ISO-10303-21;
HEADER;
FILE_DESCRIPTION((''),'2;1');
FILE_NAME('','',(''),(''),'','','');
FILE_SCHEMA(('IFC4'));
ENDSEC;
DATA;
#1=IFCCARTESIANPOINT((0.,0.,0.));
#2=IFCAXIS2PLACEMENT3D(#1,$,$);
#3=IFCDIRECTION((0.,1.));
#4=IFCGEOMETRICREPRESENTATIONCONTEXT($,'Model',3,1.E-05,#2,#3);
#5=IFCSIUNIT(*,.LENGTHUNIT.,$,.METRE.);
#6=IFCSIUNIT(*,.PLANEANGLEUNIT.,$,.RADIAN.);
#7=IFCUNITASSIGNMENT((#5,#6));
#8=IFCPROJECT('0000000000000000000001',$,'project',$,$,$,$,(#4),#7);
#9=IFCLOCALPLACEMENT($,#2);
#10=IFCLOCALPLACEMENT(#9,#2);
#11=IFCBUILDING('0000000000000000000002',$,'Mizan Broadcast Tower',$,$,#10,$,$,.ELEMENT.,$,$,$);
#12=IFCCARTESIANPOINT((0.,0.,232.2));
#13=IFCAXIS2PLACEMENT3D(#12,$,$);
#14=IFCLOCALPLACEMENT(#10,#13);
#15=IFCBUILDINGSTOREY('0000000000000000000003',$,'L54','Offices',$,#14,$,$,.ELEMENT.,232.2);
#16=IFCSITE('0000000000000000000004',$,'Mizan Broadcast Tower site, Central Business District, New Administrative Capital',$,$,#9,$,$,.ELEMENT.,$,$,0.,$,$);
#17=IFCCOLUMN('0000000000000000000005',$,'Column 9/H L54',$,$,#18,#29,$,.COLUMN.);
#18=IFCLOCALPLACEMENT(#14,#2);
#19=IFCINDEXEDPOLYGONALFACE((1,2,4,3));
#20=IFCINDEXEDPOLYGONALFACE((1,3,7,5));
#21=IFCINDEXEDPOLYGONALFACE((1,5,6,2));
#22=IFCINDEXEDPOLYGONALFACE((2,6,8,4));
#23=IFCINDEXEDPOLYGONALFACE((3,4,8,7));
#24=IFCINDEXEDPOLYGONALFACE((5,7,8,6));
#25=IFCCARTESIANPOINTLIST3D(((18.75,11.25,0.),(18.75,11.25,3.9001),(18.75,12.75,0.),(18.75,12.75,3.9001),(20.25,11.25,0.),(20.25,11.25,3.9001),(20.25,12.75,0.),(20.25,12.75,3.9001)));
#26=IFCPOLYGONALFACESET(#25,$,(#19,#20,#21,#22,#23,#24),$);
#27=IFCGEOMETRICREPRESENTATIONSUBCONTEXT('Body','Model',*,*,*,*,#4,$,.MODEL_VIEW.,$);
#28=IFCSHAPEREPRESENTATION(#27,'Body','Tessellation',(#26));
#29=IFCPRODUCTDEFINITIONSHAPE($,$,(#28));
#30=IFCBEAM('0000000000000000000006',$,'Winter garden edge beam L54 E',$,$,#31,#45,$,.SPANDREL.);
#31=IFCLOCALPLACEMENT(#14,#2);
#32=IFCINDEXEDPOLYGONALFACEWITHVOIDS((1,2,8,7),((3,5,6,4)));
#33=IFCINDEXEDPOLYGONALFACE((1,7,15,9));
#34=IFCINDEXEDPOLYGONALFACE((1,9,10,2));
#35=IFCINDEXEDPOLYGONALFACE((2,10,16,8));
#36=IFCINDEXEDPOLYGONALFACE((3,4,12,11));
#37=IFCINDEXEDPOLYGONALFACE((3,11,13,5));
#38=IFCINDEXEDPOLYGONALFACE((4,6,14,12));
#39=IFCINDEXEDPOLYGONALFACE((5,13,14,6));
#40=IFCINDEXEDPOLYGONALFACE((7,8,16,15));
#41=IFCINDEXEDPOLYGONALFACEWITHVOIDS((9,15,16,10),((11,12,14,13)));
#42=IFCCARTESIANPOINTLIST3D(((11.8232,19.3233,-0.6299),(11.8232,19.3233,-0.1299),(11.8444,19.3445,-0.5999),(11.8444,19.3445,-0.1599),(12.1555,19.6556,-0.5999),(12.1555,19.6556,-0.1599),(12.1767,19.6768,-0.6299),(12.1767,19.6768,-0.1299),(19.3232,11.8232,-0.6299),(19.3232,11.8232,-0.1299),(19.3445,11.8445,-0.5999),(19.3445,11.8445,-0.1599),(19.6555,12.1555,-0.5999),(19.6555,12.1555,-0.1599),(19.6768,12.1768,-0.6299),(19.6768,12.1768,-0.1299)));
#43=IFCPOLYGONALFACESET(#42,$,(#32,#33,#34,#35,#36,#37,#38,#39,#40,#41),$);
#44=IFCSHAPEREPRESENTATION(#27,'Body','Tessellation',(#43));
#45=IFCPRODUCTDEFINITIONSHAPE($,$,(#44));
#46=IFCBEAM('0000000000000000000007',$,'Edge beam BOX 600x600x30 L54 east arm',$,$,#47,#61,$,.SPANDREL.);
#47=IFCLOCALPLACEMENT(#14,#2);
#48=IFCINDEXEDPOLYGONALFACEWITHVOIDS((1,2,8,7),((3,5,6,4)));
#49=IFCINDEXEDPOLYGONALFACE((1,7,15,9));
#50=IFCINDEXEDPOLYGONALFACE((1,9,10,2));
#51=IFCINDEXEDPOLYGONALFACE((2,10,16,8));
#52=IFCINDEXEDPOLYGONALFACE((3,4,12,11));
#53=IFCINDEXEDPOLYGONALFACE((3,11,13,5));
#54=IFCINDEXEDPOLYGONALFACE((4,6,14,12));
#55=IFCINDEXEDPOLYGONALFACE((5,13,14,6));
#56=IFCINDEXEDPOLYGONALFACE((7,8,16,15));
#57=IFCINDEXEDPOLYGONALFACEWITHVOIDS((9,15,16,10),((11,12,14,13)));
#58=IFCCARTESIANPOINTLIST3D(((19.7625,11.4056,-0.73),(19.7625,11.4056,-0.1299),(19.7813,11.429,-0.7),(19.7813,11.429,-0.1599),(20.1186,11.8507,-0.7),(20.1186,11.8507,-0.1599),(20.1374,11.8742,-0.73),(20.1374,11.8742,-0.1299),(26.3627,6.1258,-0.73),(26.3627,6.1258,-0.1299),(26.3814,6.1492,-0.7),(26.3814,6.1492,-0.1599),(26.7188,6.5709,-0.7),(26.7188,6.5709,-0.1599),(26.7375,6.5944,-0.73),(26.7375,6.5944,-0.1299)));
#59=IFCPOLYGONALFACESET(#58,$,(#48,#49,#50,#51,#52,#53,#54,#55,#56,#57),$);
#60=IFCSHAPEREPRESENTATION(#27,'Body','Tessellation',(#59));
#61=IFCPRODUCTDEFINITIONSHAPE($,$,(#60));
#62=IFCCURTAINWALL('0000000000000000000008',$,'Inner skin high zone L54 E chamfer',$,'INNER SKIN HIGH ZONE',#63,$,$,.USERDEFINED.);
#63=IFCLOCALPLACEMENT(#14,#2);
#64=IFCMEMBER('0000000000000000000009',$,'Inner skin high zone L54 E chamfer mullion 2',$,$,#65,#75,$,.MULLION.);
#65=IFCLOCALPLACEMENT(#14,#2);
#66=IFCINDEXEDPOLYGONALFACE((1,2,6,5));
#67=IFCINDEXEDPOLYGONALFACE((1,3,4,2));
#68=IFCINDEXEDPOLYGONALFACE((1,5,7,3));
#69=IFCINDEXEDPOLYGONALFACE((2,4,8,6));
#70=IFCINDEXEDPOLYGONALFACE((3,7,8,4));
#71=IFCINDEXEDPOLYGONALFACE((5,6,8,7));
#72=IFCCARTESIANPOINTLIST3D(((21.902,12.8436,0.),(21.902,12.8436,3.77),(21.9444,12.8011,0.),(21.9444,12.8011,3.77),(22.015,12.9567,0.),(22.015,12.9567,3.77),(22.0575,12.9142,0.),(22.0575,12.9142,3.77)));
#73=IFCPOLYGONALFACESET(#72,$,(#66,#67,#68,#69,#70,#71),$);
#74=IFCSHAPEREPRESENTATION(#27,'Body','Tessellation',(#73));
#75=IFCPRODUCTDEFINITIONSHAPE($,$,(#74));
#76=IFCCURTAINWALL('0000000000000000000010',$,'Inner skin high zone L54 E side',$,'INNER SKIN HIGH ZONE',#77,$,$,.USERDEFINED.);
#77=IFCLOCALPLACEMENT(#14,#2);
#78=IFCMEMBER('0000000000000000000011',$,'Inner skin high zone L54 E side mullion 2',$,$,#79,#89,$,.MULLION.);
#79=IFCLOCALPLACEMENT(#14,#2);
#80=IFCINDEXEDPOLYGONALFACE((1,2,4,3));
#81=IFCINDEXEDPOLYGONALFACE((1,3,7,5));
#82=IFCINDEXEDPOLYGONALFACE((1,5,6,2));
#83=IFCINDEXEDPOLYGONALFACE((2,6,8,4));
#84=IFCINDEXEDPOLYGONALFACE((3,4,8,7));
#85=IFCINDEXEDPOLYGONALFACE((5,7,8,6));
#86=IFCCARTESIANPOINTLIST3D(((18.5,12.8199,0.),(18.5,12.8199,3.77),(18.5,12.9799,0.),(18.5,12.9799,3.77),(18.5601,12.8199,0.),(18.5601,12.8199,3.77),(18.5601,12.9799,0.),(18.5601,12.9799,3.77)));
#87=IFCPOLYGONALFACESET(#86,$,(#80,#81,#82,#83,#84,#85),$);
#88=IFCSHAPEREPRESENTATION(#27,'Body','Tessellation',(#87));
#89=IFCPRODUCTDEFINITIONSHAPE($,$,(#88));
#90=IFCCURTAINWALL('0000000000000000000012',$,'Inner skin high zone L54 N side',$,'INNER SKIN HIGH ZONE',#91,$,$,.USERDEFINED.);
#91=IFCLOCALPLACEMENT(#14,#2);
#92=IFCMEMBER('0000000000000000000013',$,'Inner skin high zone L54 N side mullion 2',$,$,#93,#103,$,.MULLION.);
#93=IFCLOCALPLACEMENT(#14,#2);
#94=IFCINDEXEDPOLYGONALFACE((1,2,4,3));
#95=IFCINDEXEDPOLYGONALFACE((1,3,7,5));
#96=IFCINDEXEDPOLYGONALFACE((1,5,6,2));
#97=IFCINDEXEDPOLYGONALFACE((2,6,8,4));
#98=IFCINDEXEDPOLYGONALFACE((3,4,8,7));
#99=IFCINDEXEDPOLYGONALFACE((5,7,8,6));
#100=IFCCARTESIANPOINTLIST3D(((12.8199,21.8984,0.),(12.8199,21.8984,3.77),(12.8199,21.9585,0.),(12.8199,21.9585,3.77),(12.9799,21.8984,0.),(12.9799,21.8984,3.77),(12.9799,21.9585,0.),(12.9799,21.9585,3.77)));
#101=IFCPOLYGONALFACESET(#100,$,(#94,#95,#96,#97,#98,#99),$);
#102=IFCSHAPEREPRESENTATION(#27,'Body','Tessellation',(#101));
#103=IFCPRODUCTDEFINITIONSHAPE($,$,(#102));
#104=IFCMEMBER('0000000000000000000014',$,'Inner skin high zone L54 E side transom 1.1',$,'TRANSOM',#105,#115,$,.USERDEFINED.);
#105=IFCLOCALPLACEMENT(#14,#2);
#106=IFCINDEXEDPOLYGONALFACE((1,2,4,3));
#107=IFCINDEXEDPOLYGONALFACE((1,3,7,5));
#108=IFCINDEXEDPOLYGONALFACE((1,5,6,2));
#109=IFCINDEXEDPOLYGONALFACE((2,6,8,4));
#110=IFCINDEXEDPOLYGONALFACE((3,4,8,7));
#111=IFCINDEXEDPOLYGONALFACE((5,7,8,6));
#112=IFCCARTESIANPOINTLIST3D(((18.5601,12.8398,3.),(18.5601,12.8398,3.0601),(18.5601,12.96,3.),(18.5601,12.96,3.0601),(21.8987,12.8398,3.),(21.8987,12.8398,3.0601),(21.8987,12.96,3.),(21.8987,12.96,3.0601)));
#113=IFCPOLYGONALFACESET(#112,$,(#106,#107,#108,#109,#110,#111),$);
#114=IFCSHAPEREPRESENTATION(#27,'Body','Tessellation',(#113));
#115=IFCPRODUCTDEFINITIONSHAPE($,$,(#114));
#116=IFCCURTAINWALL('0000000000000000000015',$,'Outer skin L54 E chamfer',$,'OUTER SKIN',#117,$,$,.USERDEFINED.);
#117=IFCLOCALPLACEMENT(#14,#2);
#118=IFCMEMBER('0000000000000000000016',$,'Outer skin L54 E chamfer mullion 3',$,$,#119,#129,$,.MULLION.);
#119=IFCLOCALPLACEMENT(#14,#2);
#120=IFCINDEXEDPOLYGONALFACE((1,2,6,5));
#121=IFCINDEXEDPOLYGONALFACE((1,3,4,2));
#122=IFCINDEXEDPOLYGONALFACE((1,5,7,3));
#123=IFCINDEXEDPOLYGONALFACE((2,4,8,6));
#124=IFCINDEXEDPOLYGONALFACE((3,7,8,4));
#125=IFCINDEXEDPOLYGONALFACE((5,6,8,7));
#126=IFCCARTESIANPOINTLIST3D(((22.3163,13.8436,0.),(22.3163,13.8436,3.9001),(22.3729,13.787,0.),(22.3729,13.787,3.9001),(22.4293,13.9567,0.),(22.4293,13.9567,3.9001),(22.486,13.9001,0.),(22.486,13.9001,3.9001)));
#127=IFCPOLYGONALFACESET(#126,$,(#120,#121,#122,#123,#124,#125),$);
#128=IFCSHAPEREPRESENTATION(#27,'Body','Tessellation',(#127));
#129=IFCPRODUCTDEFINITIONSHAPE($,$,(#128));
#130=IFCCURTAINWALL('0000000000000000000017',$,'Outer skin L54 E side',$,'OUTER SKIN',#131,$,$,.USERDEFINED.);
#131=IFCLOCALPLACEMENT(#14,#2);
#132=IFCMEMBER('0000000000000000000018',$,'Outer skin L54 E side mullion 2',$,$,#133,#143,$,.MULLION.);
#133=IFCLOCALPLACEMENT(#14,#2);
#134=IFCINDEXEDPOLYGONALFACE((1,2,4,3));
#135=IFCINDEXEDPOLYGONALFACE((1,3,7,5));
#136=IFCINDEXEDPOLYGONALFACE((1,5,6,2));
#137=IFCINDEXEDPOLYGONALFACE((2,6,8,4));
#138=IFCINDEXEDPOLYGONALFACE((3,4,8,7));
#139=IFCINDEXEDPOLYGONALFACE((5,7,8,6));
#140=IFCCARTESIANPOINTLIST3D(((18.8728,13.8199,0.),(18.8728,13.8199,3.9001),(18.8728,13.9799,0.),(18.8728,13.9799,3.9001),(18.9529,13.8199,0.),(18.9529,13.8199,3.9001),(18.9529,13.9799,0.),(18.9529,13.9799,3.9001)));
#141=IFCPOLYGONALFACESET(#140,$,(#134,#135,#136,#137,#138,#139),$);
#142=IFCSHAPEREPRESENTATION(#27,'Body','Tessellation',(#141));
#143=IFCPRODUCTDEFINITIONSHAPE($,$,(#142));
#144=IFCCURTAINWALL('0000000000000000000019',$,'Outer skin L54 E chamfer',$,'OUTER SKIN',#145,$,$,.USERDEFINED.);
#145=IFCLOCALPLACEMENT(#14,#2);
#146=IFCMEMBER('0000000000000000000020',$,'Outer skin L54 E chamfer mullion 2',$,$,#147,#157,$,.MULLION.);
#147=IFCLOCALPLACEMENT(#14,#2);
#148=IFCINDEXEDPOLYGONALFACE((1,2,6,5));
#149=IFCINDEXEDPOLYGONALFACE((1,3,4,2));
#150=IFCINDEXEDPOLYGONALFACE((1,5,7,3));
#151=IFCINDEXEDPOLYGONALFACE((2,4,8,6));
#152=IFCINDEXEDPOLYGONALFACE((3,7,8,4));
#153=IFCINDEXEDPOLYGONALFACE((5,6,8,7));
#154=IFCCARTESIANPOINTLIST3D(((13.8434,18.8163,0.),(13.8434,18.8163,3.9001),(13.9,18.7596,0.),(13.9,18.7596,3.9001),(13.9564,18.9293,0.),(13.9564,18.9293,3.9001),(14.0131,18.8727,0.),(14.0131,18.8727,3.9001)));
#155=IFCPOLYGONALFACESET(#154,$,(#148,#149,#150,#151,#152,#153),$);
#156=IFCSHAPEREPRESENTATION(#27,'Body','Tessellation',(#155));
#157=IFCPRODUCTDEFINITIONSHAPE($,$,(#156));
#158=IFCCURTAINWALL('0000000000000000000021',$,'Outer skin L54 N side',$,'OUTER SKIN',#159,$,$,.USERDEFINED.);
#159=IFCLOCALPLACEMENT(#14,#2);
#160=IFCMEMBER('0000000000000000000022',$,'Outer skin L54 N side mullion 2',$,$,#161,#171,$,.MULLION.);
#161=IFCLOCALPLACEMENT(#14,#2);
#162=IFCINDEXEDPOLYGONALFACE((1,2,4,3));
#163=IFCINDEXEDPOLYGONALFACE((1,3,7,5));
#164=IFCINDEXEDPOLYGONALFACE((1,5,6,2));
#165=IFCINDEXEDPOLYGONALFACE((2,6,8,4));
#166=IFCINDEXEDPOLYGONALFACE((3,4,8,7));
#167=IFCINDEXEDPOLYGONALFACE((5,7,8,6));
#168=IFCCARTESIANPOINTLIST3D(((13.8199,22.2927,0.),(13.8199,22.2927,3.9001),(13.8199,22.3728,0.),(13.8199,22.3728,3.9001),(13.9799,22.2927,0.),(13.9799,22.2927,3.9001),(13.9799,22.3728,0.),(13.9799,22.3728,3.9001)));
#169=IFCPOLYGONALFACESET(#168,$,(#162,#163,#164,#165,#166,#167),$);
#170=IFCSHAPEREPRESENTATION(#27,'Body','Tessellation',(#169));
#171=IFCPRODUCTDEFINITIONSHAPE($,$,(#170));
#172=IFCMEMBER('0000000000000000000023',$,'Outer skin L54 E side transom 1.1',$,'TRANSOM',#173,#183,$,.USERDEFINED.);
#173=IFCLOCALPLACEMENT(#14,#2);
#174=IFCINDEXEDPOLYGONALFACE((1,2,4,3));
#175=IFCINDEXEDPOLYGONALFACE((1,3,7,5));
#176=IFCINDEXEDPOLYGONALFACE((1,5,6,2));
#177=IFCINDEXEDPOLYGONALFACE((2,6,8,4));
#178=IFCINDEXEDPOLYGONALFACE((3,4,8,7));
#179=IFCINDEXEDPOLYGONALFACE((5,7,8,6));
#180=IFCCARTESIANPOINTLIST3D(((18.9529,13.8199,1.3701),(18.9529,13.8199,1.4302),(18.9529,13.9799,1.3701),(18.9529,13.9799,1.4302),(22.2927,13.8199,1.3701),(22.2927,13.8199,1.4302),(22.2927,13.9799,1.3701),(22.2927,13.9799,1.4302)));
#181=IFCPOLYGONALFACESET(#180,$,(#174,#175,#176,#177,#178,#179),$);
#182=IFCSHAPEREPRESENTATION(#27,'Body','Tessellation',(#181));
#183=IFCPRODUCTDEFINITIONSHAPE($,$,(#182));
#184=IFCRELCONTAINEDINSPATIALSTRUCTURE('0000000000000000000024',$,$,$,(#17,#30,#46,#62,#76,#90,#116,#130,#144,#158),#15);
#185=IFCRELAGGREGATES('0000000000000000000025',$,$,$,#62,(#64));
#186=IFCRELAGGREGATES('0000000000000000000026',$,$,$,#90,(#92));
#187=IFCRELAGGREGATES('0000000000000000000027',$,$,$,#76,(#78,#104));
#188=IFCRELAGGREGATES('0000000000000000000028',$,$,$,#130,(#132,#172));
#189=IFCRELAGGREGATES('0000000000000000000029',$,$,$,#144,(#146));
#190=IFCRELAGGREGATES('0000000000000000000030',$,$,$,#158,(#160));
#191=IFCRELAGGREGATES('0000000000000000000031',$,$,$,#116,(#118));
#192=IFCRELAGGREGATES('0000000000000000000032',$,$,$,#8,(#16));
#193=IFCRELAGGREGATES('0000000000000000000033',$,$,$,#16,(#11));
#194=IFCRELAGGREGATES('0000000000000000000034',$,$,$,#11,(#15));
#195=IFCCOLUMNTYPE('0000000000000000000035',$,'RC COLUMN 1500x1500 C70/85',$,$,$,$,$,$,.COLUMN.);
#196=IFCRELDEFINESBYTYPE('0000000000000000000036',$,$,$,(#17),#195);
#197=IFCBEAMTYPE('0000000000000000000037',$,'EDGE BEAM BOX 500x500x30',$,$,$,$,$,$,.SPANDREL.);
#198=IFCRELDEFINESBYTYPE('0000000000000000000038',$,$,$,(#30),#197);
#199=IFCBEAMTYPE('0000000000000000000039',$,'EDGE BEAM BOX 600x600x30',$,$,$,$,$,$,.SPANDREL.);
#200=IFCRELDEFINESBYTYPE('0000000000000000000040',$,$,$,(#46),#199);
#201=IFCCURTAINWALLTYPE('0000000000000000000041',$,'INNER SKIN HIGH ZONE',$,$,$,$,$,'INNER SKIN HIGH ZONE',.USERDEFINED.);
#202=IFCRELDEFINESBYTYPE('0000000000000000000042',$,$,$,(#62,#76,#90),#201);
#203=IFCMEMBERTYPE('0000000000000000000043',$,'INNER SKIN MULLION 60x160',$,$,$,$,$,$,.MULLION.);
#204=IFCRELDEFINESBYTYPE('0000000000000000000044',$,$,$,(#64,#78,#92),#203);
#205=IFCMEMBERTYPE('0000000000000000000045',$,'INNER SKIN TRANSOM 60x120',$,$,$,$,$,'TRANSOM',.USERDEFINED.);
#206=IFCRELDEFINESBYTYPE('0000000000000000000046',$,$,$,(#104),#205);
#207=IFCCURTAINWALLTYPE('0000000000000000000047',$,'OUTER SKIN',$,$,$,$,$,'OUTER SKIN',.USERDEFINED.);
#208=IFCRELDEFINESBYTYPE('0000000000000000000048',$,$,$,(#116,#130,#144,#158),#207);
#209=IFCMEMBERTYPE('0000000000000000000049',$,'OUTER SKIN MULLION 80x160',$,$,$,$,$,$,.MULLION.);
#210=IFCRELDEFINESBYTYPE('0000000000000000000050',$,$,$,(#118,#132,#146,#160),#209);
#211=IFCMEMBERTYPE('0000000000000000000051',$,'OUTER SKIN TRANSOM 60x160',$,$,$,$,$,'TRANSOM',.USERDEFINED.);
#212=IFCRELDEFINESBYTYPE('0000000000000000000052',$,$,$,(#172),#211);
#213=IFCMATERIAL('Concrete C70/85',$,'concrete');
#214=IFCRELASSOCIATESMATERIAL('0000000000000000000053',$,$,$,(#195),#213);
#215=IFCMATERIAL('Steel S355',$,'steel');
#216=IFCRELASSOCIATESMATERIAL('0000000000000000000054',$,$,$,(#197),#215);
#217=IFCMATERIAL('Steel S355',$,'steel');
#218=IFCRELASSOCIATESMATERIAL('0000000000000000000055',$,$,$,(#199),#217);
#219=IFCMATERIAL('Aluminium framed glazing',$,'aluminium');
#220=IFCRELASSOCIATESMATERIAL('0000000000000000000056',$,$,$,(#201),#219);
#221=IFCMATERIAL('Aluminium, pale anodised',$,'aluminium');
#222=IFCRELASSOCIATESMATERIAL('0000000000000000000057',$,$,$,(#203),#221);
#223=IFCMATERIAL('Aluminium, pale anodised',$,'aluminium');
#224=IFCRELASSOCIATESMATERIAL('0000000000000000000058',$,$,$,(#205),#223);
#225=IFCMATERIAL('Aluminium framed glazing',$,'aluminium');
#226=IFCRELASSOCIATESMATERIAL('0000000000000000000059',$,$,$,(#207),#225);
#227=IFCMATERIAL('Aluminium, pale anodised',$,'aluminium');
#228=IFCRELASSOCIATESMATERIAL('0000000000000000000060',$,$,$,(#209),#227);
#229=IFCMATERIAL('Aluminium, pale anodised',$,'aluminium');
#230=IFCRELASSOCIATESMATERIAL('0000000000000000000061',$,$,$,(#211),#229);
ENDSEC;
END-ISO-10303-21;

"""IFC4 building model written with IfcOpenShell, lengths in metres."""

from ifc_helpers import new_model, si_unit, direction, frame, origin, origin_2d, place, context, subcontext, project, spatial, rectangle, hollow_rectangle, extrude, material, material_profile, profile_set, type_object, element, aggregate, save


model = new_model("IFC4")

# Units and contexts
model_context = context("Model", 3, precision=1e-05, world=origin(), true_north=direction((0.0, 1.0)))
body_context = subcontext(model_context, "Body", "Model", "MODEL_VIEW")
ifc_project = project(units=[si_unit("LENGTHUNIT", "METRE"), si_unit("PLANEANGLEUNIT", "RADIAN")], contexts=[model_context])

# Site, building, storey
site_placement = place(None, origin())
site = spatial("IfcSite", under=ifc_project, at=site_placement, Name="Mizan Broadcast Tower site, Central Business District, New Administrative Capital", CompositionType="ELEMENT", RefElevation=0.0)
building_placement = place(site_placement, origin())
building = spatial("IfcBuilding", under=site, at=building_placement, Name="Mizan Broadcast Tower", CompositionType="ELEMENT")
storey_placement = place(building_placement, frame((0.0, 0.0, 232.2)))
storey = spatial("IfcBuildingStorey", under=building, at=storey_placement, Name="L54", Description="Offices", CompositionType="ELEMENT", Elevation=232.2)

# Column
ifc_material_1 = material(Name="Concrete C70/85", Category="concrete")
ifc_material_profile_1 = material_profile(ifc_material_1, rectangle(XDim=1.5, YDim=1.5, at=origin_2d()), Name="RC 1500x1500")
ifc_profile_set_1 = profile_set([ifc_material_profile_1], Name="Concrete C70/85")
column_type = type_object("IfcColumnType", Name="RC COLUMN 1500x1500 C70/85", PredefinedType="COLUMN", material=ifc_profile_set_1)
column_placement = place(storey_placement, frame((19.5, 12.0, 0.0), z_axis=(0.0, 0.0, 1.0), x_axis=(1.0, 0.0, 0.0)))
element("IfcColumn", 1, at=column_placement, inside=storey, type_object=column_type, Name="Column 9/H L54", PredefinedType="COLUMN", context=body_context, shape_type="SweptSolid", body=[
    extrude(rectangle(XDim=1.5, YDim=1.5, at=origin_2d()), origin(), (0.0, 0.0, 1.0), 3.9001),
])

# Beams
ifc_material_2 = material(Name="Steel S355", Category="steel")
ifc_material_profile_2 = material_profile(ifc_material_2, hollow_rectangle(XDim=0.5, YDim=0.5, WallThickness=0.03, at=origin_2d()), Name="BOX 500x500x30")
ifc_profile_set_2 = profile_set([ifc_material_profile_2], Name="Steel S355")
beam_type_1 = type_object("IfcBeamType", Name="EDGE BEAM BOX 500x500x30", PredefinedType="SPANDREL", material=ifc_profile_set_2)
beam_1_placement = place(storey_placement, frame((19.5, 12.0, -0.3799), z_axis=(-0.707107, 0.707107, 0.0), x_axis=(-0.707107, -0.707107, 0.0)))
element("IfcBeam", 2, at=beam_1_placement, inside=storey, type_object=beam_type_1, Name="Winter garden edge beam L54 E", PredefinedType="SPANDREL", context=body_context, shape_type="SweptSolid", body=[
    extrude(hollow_rectangle(XDim=0.5, YDim=0.5, WallThickness=0.03, at=origin_2d()), origin(), (0.0, 0.0, 1.0), 10.6067),
])
ifc_material_3 = material(Name="Steel S355", Category="steel")
ifc_material_profile_3 = material_profile(ifc_material_3, hollow_rectangle(XDim=0.6001, YDim=0.6001, WallThickness=0.03, at=origin_2d()), Name="BOX 600x600x30")
ifc_profile_set_3 = profile_set([ifc_material_profile_3], Name="Steel S355")
beam_type_2 = type_object("IfcBeamType", Name="EDGE BEAM BOX 600x600x30", PredefinedType="SPANDREL", material=ifc_profile_set_3)
beam_2_placement = place(storey_placement, frame((19.95, 11.6399, -0.4299), z_axis=(0.780886, -0.624674, 0.0), x_axis=(0.624674, 0.780886, 0.0)))
element("IfcBeam", 3, at=beam_2_placement, inside=storey, type_object=beam_type_2, Name="Edge beam BOX 600x600x30 L54 east arm", PredefinedType="SPANDREL", context=body_context, shape_type="SweptSolid", body=[
    extrude(hollow_rectangle(XDim=0.6001, YDim=0.6001, WallThickness=0.03, at=origin_2d()), origin(), (0.0, 0.0, 1.0), 8.4521),
])

# Curtain walls, members
ifc_material_4 = material(Name="Aluminium framed glazing", Category="aluminium")
curtain_wall_type_1 = type_object("IfcCurtainWallType", Name="INNER SKIN HIGH ZONE", ElementType="INNER SKIN HIGH ZONE", PredefinedType="USERDEFINED", material=ifc_material_4)
curtain_wall_1_placement = place(storey_placement, origin())
curtain_wall_1 = element("IfcCurtainWall", 4, at=curtain_wall_1_placement, inside=storey, type_object=curtain_wall_type_1, Name="Inner skin high zone L54 E chamfer", ObjectType="INNER SKIN HIGH ZONE", PredefinedType="USERDEFINED")
ifc_material_5 = material(Name="Aluminium, pale anodised", Category="aluminium")
ifc_material_profile_4 = material_profile(ifc_material_5, rectangle(XDim=0.1599, YDim=0.0601, at=origin_2d()), Name="MULLION 160x60")
ifc_profile_set_4 = profile_set([ifc_material_profile_4], Name="Aluminium, pale anodised")
member_type_1 = type_object("IfcMemberType", Name="INNER SKIN MULLION 60x160", PredefinedType="MULLION", material=ifc_profile_set_4)
member_1_placement = place(storey_placement, frame((21.9797, 12.8789, 0.0), z_axis=(0.0, 0.0, 1.0), x_axis=(-0.707107, -0.707107, 0.0)))
member_1 = element("IfcMember", 5, at=member_1_placement, type_object=member_type_1, Name="Inner skin high zone L54 E chamfer mullion 2", PredefinedType="MULLION", context=body_context, shape_type="SweptSolid", body=[
    extrude(rectangle(XDim=0.1599, YDim=0.0601, at=origin_2d()), origin(), (0.0, 0.0, 1.0), 3.77),
])
aggregate(curtain_wall_1, [member_1])
curtain_wall_2_placement = place(storey_placement, origin())
curtain_wall_2 = element("IfcCurtainWall", 6, at=curtain_wall_2_placement, inside=storey, type_object=curtain_wall_type_1, Name="Inner skin high zone L54 E side", ObjectType="INNER SKIN HIGH ZONE", PredefinedType="USERDEFINED")
member_2_placement = place(storey_placement, frame((18.53, 12.8999, 0.0), z_axis=(0.0, 0.0, 1.0), x_axis=(0.0, -1.0, 0.0)))
member_2 = element("IfcMember", 7, at=member_2_placement, type_object=member_type_1, Name="Inner skin high zone L54 E side mullion 2", PredefinedType="MULLION", context=body_context, shape_type="SweptSolid", body=[
    extrude(rectangle(XDim=0.1599, YDim=0.0601, at=origin_2d()), origin(), (0.0, 0.0, 1.0), 3.77),
])
curtain_wall_3_placement = place(storey_placement, origin())
curtain_wall_3 = element("IfcCurtainWall", 8, at=curtain_wall_3_placement, inside=storey, type_object=curtain_wall_type_1, Name="Inner skin high zone L54 N side", ObjectType="INNER SKIN HIGH ZONE", PredefinedType="USERDEFINED")
member_3_placement = place(storey_placement, frame((12.8999, 21.9285, 0.0), z_axis=(0.0, 0.0, 1.0), x_axis=(-1.0, 0.0, 0.0)))
member_3 = element("IfcMember", 9, at=member_3_placement, type_object=member_type_1, Name="Inner skin high zone L54 N side mullion 2", PredefinedType="MULLION", context=body_context, shape_type="SweptSolid", body=[
    extrude(rectangle(XDim=0.1599, YDim=0.0601, at=origin_2d()), origin(), (0.0, 0.0, 1.0), 3.77),
])
aggregate(curtain_wall_3, [member_3])

# Member
ifc_material_6 = material(Name="Aluminium, pale anodised", Category="aluminium")
ifc_material_profile_5 = material_profile(ifc_material_6, rectangle(XDim=0.1201, YDim=0.0601, at=origin_2d()), Name="TRANSOM 120x60")
ifc_profile_set_5 = profile_set([ifc_material_profile_5], Name="Aluminium, pale anodised")
member_type_2 = type_object("IfcMemberType", Name="INNER SKIN TRANSOM 60x120", ElementType="TRANSOM", PredefinedType="USERDEFINED", material=ifc_profile_set_5)
member_4_placement = place(storey_placement, frame((21.8987, 12.8999, 3.03), z_axis=(-1.0, 0.0, 0.0), x_axis=(0.0, -1.0, 0.0)))
member_4 = element("IfcMember", 10, at=member_4_placement, type_object=member_type_2, Name="Inner skin high zone L54 E side transom 1.1", ObjectType="TRANSOM", PredefinedType="USERDEFINED", context=body_context, shape_type="SweptSolid", body=[
    extrude(rectangle(XDim=0.1201, YDim=0.0601, at=origin_2d()), origin(), (0.0, 0.0, 1.0), 3.3386),
])

# Curtain walls, members
ifc_material_7 = material(Name="Aluminium framed glazing", Category="aluminium")
curtain_wall_type_2 = type_object("IfcCurtainWallType", Name="OUTER SKIN", ElementType="OUTER SKIN", PredefinedType="USERDEFINED", material=ifc_material_7)
curtain_wall_4_placement = place(storey_placement, origin())
curtain_wall_4 = element("IfcCurtainWall", 11, at=curtain_wall_4_placement, inside=storey, type_object=curtain_wall_type_2, Name="Outer skin L54 E chamfer", ObjectType="OUTER SKIN", PredefinedType="USERDEFINED")
ifc_material_8 = material(Name="Aluminium, pale anodised", Category="aluminium")
ifc_material_profile_6 = material_profile(ifc_material_8, rectangle(XDim=0.1599, YDim=0.0801, at=origin_2d()), Name="MULLION 160x80")
ifc_profile_set_6 = profile_set([ifc_material_profile_6], Name="Aluminium, pale anodised")
member_type_3 = type_object("IfcMemberType", Name="OUTER SKIN MULLION 80x160", PredefinedType="MULLION", material=ifc_profile_set_6)
member_5_placement = place(storey_placement, frame((22.4011, 13.8718, 0.0), z_axis=(0.0, 0.0, 1.0), x_axis=(-0.707107, -0.707107, 0.0)))
member_5 = element("IfcMember", 12, at=member_5_placement, type_object=member_type_3, Name="Outer skin L54 E chamfer mullion 3", PredefinedType="MULLION", context=body_context, shape_type="SweptSolid", body=[
    extrude(rectangle(XDim=0.1599, YDim=0.0801, at=origin_2d()), origin(), (0.0, 0.0, 1.0), 3.9001),
])
curtain_wall_5_placement = place(storey_placement, origin())
curtain_wall_5 = element("IfcCurtainWall", 13, at=curtain_wall_5_placement, inside=storey, type_object=curtain_wall_type_2, Name="Outer skin L54 E side", ObjectType="OUTER SKIN", PredefinedType="USERDEFINED")
member_6_placement = place(storey_placement, frame((18.9128, 13.8999, 0.0), z_axis=(0.0, 0.0, 1.0), x_axis=(0.0, -1.0, 0.0)))
member_6 = element("IfcMember", 14, at=member_6_placement, type_object=member_type_3, Name="Outer skin L54 E side mullion 2", PredefinedType="MULLION", context=body_context, shape_type="SweptSolid", body=[
    extrude(rectangle(XDim=0.1599, YDim=0.0801, at=origin_2d()), origin(), (0.0, 0.0, 1.0), 3.9001),
])
curtain_wall_6_placement = place(storey_placement, origin())
curtain_wall_6 = element("IfcCurtainWall", 15, at=curtain_wall_6_placement, inside=storey, type_object=curtain_wall_type_2, Name="Outer skin L54 E chamfer", ObjectType="OUTER SKIN", PredefinedType="USERDEFINED")
member_7_placement = place(storey_placement, frame((13.9282, 18.8445, 0.0), z_axis=(0.0, 0.0, 1.0), x_axis=(-0.707107, -0.707107, 0.0)))
member_7 = element("IfcMember", 16, at=member_7_placement, type_object=member_type_3, Name="Outer skin L54 E chamfer mullion 2", PredefinedType="MULLION", context=body_context, shape_type="SweptSolid", body=[
    extrude(rectangle(XDim=0.1599, YDim=0.0801, at=origin_2d()), origin(), (0.0, 0.0, 1.0), 3.9001),
])
curtain_wall_7_placement = place(storey_placement, origin())
curtain_wall_7 = element("IfcCurtainWall", 17, at=curtain_wall_7_placement, inside=storey, type_object=curtain_wall_type_2, Name="Outer skin L54 N side", ObjectType="OUTER SKIN", PredefinedType="USERDEFINED")
member_8_placement = place(storey_placement, frame((13.8999, 22.3328, 0.0), z_axis=(0.0, 0.0, 1.0), x_axis=(-1.0, 0.0, 0.0)))
member_8 = element("IfcMember", 18, at=member_8_placement, type_object=member_type_3, Name="Outer skin L54 N side mullion 2", PredefinedType="MULLION", context=body_context, shape_type="SweptSolid", body=[
    extrude(rectangle(XDim=0.1599, YDim=0.0801, at=origin_2d()), origin(), (0.0, 0.0, 1.0), 3.9001),
])

# Member
ifc_material_9 = material(Name="Aluminium, pale anodised", Category="aluminium")
ifc_material_profile_7 = material_profile(ifc_material_9, rectangle(XDim=0.1599, YDim=0.0601, at=origin_2d()), Name="TRANSOM 160x60")
ifc_profile_set_7 = profile_set([ifc_material_profile_7], Name="Aluminium, pale anodised")
member_type_4 = type_object("IfcMemberType", Name="OUTER SKIN TRANSOM 60x160", ElementType="TRANSOM", PredefinedType="USERDEFINED", material=ifc_profile_set_7)
member_9_placement = place(storey_placement, frame((22.2927, 13.8999, 1.4001), z_axis=(-1.0, 0.0, 0.0), x_axis=(0.0, -1.0, 0.0)))
member_9 = element("IfcMember", 19, at=member_9_placement, type_object=member_type_4, Name="Outer skin L54 E side transom 1.1", ObjectType="TRANSOM", PredefinedType="USERDEFINED", context=body_context, shape_type="SweptSolid", body=[
    extrude(rectangle(XDim=0.1599, YDim=0.0601, at=origin_2d()), origin(), (0.0, 0.0, 1.0), 3.3398),
])

aggregate(curtain_wall_2, [member_2, member_4])
aggregate(curtain_wall_5, [member_6, member_9])
aggregate(curtain_wall_6, [member_7])
aggregate(curtain_wall_7, [member_8])
aggregate(curtain_wall_4, [member_5])

save(model, "model.ifc")
